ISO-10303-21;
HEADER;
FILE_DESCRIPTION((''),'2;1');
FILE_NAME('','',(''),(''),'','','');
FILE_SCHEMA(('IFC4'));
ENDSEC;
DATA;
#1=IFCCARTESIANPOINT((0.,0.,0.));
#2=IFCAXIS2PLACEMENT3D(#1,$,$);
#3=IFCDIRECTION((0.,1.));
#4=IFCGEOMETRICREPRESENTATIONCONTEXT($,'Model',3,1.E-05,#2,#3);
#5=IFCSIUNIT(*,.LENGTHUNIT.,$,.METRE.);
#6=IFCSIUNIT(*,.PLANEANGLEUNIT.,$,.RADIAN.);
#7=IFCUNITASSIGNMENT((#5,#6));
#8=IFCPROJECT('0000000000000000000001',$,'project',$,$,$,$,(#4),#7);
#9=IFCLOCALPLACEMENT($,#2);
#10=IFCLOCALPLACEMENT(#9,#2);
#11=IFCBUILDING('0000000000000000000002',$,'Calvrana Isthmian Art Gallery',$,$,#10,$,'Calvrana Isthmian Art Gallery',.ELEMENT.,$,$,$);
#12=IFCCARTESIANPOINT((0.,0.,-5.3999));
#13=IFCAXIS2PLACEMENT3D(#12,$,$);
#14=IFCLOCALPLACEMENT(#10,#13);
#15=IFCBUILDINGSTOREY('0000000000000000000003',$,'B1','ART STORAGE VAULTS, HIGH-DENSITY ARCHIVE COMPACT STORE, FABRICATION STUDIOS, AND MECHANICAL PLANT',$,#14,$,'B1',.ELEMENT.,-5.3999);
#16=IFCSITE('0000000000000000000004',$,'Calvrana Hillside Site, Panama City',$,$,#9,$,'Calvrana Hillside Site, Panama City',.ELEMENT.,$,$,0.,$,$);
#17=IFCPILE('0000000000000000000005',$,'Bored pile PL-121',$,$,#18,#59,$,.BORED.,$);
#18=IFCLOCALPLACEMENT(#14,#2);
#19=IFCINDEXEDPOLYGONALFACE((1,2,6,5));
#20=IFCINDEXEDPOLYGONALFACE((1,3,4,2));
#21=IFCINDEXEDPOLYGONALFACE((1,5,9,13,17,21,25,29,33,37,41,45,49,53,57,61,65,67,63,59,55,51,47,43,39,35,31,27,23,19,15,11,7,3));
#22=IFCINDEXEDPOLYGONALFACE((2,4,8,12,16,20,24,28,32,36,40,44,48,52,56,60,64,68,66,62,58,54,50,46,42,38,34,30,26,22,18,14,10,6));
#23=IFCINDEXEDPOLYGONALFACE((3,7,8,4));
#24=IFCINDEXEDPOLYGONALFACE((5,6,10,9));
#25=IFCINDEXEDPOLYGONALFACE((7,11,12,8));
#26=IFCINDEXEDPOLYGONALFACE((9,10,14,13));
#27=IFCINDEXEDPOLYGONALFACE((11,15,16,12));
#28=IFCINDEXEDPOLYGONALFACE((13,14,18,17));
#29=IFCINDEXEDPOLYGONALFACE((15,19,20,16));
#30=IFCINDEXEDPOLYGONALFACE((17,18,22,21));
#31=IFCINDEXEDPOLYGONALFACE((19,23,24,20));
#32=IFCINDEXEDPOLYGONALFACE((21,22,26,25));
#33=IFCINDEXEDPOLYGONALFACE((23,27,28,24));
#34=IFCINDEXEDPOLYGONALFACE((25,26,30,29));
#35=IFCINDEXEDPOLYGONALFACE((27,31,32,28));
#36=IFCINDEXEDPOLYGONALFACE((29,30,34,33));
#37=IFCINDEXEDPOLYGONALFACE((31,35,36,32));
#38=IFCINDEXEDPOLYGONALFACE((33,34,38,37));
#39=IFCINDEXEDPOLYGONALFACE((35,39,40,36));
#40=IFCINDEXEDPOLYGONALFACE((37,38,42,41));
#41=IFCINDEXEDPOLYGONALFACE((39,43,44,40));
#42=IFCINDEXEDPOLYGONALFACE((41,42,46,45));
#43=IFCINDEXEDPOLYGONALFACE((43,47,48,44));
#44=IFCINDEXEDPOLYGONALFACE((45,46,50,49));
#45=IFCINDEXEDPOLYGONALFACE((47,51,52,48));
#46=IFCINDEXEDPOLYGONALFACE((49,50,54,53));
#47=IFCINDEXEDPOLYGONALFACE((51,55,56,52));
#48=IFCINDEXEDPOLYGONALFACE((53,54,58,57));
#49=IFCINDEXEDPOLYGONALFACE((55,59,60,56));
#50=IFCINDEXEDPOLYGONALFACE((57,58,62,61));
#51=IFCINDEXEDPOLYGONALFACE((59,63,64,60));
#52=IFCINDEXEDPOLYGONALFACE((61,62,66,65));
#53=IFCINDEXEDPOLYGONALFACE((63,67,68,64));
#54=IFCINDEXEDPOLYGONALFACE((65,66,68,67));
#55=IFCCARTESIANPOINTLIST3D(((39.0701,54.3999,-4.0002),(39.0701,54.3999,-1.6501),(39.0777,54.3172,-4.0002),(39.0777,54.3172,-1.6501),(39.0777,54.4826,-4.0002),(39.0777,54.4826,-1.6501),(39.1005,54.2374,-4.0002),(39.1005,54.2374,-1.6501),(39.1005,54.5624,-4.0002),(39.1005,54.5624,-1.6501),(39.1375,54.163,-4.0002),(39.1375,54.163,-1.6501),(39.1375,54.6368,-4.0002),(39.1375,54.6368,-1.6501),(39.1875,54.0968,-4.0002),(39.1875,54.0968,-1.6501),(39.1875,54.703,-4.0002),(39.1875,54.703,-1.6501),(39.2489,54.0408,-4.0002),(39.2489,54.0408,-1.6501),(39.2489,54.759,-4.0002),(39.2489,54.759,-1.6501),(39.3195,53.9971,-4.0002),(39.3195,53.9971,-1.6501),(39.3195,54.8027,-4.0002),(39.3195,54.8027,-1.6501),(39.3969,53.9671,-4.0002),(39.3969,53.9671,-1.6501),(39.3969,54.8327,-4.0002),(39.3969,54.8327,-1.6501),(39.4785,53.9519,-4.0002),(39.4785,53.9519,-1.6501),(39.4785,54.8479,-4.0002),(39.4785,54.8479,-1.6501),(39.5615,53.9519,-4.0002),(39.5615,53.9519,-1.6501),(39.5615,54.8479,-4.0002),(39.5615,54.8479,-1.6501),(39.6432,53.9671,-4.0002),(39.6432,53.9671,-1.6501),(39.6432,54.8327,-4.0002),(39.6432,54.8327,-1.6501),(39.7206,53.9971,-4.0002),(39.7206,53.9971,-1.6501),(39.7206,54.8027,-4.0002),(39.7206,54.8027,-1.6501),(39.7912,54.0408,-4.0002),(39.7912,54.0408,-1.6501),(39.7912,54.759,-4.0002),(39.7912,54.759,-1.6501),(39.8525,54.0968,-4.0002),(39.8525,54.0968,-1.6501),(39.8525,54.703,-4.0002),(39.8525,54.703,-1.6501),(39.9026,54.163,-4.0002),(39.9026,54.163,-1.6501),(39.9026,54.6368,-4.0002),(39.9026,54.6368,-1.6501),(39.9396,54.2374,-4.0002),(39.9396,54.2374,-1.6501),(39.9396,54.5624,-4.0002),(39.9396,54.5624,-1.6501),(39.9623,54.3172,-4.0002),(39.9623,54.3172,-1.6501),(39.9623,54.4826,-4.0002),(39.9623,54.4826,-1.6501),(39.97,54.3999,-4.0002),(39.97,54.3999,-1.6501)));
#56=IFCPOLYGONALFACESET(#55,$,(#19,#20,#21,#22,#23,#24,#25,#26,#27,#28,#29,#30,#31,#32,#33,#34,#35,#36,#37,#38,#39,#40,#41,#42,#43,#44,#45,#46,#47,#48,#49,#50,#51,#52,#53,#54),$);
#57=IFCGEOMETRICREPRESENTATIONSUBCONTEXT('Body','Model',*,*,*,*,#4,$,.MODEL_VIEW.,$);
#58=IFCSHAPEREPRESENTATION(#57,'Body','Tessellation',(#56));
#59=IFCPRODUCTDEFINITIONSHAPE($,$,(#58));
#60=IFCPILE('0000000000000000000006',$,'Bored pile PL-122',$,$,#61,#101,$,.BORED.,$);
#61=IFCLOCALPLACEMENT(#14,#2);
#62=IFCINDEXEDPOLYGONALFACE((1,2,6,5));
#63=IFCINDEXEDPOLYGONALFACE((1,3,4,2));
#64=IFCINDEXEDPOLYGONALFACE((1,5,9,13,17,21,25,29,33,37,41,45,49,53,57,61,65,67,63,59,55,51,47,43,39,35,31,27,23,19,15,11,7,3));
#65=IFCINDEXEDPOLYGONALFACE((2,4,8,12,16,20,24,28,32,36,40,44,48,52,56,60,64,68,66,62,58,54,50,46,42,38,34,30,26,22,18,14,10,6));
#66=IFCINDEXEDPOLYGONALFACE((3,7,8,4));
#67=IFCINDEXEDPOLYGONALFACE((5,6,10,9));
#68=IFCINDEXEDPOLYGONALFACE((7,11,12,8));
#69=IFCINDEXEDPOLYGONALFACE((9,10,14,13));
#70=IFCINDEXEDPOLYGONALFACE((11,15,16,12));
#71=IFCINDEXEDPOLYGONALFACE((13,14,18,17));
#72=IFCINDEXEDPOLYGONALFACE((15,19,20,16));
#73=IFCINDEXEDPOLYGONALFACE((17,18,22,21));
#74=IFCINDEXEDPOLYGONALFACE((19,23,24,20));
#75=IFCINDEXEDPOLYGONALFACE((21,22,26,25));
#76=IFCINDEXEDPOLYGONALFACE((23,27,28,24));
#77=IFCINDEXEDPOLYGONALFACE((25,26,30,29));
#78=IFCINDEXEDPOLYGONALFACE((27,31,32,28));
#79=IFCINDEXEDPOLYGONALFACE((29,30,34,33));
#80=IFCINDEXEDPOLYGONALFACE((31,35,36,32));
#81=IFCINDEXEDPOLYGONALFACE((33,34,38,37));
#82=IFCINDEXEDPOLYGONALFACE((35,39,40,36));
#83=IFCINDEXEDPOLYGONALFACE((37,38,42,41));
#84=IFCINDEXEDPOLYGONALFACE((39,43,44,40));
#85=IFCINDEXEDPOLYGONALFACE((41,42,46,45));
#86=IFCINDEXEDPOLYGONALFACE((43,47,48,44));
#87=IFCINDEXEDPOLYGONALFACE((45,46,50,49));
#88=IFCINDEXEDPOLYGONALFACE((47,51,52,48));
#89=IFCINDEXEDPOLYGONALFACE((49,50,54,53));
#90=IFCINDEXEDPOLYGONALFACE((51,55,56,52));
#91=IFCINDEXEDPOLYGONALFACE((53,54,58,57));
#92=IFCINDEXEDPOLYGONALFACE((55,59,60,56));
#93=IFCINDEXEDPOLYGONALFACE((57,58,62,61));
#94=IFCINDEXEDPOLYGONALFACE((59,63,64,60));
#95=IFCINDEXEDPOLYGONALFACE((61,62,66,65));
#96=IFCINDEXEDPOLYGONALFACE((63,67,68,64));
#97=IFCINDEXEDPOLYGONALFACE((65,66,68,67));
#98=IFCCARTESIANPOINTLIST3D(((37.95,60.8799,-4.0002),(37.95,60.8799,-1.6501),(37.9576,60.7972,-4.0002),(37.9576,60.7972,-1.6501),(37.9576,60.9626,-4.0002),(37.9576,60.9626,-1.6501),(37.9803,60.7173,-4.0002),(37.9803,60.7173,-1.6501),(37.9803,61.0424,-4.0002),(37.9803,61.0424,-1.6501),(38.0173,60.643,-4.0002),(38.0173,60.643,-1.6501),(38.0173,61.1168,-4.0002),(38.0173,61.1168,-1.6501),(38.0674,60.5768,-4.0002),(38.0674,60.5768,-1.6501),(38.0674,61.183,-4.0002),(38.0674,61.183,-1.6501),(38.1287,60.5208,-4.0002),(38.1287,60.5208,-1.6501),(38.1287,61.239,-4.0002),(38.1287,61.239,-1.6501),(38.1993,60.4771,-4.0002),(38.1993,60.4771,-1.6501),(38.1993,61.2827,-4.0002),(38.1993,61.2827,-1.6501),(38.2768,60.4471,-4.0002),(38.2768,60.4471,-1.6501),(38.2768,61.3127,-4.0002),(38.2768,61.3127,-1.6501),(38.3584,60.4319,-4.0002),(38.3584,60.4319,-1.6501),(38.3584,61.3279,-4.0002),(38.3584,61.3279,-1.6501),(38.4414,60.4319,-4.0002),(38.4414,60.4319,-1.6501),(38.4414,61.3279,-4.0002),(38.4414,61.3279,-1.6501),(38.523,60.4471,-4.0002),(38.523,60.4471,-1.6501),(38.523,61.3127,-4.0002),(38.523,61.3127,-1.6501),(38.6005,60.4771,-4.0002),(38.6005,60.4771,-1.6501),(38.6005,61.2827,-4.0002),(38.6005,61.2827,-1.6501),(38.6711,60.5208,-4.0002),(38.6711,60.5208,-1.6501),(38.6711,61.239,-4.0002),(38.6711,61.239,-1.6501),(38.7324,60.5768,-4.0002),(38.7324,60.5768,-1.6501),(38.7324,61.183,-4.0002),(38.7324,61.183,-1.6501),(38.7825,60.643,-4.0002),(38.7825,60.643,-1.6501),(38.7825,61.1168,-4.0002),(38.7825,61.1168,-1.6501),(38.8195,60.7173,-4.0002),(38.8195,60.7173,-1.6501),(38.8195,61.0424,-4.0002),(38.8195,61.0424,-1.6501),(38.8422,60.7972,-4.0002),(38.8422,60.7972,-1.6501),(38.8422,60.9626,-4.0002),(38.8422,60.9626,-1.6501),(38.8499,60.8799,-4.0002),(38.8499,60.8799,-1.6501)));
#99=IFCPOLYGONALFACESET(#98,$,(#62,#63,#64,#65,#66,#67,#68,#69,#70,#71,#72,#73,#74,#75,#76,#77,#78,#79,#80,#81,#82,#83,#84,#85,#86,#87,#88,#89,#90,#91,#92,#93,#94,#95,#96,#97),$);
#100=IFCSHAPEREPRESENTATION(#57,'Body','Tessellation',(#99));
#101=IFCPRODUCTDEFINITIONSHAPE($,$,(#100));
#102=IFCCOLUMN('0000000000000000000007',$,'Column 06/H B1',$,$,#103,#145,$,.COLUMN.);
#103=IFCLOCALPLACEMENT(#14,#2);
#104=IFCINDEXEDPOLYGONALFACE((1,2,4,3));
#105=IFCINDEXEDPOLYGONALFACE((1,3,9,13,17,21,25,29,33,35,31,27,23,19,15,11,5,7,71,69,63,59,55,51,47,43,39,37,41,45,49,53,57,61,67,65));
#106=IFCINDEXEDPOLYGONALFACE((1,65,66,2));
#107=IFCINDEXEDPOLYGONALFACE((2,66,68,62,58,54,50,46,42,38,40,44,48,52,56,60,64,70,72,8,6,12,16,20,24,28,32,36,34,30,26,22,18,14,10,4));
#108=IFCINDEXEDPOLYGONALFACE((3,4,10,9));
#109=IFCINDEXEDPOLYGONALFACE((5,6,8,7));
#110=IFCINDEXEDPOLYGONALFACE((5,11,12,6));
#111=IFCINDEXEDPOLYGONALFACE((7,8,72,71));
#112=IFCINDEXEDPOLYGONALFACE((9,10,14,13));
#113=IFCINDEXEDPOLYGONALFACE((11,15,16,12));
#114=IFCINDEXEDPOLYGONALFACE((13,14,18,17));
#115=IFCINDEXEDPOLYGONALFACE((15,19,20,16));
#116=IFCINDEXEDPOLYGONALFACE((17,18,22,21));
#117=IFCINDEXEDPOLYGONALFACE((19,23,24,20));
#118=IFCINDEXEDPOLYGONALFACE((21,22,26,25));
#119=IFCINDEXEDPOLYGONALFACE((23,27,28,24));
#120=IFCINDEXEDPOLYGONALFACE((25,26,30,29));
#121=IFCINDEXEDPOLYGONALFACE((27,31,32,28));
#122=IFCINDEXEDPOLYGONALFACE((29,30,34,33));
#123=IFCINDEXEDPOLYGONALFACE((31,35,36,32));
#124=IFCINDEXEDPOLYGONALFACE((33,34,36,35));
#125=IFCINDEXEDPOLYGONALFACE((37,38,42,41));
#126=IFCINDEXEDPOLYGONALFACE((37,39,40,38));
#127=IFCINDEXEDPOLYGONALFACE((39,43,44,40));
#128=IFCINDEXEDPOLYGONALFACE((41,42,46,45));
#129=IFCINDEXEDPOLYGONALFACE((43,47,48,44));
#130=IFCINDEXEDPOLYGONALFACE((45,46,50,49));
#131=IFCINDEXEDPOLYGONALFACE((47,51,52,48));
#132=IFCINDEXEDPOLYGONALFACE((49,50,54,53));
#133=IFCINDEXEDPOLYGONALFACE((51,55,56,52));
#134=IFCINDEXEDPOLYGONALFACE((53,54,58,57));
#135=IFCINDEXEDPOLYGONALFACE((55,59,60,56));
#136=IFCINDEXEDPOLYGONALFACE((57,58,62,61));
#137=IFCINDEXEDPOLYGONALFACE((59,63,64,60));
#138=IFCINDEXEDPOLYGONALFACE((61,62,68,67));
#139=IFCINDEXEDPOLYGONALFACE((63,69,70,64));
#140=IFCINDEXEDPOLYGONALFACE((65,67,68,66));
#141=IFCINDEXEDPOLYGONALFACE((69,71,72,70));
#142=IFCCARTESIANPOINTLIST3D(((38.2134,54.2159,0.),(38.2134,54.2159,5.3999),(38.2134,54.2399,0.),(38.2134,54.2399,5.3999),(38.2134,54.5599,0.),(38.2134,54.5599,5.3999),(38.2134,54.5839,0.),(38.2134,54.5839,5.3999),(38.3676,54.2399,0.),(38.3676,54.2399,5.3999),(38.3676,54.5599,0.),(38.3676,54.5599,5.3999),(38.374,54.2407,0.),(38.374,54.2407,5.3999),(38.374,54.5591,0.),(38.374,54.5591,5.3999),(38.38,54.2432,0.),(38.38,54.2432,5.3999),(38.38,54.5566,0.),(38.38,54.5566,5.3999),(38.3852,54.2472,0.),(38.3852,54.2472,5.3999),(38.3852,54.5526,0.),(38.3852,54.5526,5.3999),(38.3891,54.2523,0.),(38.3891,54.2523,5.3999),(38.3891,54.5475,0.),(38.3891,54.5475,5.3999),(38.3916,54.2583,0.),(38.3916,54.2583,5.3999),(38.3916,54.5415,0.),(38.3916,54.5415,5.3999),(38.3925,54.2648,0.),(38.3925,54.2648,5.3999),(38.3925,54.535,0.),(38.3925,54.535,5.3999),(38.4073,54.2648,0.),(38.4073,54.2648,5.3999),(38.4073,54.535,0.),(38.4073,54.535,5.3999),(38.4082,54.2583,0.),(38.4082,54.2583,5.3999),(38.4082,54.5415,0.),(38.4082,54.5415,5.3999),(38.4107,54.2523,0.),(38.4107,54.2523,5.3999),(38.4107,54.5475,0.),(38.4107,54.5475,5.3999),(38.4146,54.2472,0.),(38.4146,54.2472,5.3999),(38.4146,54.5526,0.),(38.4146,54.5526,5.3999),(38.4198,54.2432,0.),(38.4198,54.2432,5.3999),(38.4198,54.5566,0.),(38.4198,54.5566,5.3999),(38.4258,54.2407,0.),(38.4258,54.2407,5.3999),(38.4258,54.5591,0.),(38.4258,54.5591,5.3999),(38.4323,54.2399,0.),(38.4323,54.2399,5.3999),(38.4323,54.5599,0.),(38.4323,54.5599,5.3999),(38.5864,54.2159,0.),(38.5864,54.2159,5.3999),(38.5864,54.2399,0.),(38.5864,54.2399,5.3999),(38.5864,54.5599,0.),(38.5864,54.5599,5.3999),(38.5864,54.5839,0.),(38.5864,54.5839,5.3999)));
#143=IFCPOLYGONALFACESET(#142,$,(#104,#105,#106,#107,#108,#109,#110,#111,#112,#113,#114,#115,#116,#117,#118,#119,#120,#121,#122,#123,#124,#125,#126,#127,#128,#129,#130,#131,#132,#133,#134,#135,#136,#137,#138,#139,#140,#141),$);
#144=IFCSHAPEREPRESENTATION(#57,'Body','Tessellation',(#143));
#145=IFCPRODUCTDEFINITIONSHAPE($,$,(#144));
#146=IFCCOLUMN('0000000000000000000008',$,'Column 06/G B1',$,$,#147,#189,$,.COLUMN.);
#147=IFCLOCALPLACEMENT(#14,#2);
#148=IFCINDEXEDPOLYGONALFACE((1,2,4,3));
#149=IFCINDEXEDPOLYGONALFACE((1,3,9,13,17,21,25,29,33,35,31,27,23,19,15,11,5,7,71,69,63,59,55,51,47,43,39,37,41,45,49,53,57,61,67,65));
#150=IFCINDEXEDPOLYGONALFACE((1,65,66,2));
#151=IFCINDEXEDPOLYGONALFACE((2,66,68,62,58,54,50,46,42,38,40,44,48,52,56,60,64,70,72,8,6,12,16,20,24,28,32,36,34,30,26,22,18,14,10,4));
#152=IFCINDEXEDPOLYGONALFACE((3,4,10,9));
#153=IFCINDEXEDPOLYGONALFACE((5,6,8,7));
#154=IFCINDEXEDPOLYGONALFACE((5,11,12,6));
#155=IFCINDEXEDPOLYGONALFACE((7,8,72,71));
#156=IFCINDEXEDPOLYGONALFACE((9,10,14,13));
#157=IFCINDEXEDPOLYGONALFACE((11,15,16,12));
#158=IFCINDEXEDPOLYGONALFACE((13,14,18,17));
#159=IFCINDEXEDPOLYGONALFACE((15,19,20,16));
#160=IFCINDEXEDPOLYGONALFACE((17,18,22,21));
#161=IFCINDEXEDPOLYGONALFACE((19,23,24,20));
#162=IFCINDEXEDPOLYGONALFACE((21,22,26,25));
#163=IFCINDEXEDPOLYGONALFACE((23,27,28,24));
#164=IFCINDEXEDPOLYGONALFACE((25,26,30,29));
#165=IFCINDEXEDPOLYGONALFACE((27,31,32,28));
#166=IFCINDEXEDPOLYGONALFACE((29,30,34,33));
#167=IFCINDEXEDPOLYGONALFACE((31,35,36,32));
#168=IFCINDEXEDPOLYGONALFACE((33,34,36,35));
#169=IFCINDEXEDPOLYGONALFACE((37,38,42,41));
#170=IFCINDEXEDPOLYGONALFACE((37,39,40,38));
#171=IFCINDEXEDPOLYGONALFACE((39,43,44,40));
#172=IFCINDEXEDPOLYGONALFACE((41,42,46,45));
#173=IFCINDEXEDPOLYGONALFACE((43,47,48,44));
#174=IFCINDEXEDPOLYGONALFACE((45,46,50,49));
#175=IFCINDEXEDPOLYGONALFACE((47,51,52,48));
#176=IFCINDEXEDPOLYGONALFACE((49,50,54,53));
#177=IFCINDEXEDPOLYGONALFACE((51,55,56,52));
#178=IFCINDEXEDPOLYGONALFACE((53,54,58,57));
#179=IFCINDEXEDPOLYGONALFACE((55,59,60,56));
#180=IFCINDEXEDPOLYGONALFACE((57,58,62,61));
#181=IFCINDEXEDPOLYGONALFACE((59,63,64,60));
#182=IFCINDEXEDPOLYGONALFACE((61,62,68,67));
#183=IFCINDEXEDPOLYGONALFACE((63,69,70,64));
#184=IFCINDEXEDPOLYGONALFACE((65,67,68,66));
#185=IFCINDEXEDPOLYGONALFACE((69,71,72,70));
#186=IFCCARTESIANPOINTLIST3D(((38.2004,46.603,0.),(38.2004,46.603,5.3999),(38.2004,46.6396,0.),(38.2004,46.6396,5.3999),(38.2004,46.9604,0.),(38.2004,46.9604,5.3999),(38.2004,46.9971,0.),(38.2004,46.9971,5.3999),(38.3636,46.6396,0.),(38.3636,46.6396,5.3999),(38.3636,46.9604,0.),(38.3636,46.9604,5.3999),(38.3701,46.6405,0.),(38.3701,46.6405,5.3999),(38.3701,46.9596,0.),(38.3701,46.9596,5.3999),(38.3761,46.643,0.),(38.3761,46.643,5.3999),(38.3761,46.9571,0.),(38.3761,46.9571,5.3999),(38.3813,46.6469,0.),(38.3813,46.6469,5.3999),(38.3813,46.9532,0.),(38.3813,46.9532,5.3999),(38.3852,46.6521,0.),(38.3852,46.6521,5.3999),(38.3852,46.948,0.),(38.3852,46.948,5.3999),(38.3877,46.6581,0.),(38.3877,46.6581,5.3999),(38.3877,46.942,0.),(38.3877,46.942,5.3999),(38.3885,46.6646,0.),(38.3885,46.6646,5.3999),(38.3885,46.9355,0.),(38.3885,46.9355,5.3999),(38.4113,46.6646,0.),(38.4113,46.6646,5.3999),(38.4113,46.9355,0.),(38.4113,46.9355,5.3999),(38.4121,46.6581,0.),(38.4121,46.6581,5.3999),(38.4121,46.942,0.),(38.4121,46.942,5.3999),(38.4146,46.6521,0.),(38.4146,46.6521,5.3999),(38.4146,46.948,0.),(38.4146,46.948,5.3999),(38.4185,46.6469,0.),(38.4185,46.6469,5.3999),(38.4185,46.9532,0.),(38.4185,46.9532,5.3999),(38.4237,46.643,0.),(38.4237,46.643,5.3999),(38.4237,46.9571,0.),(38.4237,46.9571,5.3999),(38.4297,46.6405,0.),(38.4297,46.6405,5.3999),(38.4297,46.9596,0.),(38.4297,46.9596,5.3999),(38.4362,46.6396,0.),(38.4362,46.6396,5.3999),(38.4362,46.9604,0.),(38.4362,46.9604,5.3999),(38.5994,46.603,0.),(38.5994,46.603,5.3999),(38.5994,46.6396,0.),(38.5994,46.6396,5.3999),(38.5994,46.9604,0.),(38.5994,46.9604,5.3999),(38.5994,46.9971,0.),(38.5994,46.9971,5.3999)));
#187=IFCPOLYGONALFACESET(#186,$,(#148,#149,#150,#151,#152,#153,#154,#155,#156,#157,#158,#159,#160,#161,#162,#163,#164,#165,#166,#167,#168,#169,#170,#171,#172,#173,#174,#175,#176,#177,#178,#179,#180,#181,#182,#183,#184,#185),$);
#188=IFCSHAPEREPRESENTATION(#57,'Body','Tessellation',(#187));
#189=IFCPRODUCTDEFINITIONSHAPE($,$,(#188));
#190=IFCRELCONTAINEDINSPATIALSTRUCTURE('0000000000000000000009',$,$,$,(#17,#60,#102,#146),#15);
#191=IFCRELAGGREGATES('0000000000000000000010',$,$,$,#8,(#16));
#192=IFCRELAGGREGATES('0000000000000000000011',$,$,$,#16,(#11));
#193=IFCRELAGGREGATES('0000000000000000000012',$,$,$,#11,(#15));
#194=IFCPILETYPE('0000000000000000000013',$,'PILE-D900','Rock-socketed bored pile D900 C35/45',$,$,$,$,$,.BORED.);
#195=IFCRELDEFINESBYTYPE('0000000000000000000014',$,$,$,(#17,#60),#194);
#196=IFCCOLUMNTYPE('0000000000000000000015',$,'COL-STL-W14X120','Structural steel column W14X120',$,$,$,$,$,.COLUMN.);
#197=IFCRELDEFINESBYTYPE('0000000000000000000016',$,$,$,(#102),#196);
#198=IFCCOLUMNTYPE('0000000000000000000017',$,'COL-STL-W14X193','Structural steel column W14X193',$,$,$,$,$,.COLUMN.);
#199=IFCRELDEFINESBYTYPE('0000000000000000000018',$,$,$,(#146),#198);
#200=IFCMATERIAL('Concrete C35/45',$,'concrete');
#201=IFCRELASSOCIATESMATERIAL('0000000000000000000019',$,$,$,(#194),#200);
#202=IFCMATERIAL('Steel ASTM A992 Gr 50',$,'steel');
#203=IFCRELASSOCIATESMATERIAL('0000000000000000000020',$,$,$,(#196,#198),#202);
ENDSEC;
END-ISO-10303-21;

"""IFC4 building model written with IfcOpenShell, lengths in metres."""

from ifc_helpers import new_model, si_unit, direction, frame, origin, origin_2d, place, context, subcontext, project, spatial, circle, i_section, extrude, material, material_profile, profile_set, type_object, element, save


model = new_model("IFC4")

# Units and contexts
model_context = context("Model", 3, precision=1e-05, world=origin(), true_north=direction((0.0, 1.0)))
body_context = subcontext(model_context, "Body", "Model", "MODEL_VIEW")
ifc_project = project(units=[si_unit("LENGTHUNIT", "METRE"), si_unit("PLANEANGLEUNIT", "RADIAN")], contexts=[model_context])

# Site, building, storey
site_placement = place(None, origin())
site = spatial("IfcSite", under=ifc_project, at=site_placement, Name="Calvrana Hillside Site, Panama City", LongName="Calvrana Hillside Site, Panama City", CompositionType="ELEMENT", RefElevation=0.0)
building_placement = place(site_placement, origin())
building = spatial("IfcBuilding", under=site, at=building_placement, Name="Calvrana Isthmian Art Gallery", LongName="Calvrana Isthmian Art Gallery", CompositionType="ELEMENT")
storey_placement = place(building_placement, frame((0.0, 0.0, -5.3999)))
storey = spatial("IfcBuildingStorey", under=building, at=storey_placement, Name="B1", Description="ART STORAGE VAULTS, HIGH-DENSITY ARCHIVE COMPACT STORE, FABRICATION STUDIOS, AND MECHANICAL PLANT", LongName="B1", CompositionType="ELEMENT", Elevation=-5.3999)

# Shared definitions
ifc_material_1 = material(Name="Concrete C35/45", Category="concrete")

# Piles
ifc_material_profile_1 = material_profile(ifc_material_1, circle(Radius=0.45, at=origin_2d()), Name="PILE900D")
ifc_profile_set_1 = profile_set([ifc_material_profile_1], Name="Concrete C35/45")
pile_type = type_object("IfcPileType", Name="PILE-D900", Description="Rock-socketed bored pile D900 C35/45", PredefinedType="BORED", material=ifc_profile_set_1)
for number, where, z_axis, x_axis, name in (
    (1, (39.52, 54.3999, -1.6501), (0.0, 0.0, -1.0), (1.0, 0.0, 0.0), "Bored pile PL-121"),
    (2, (38.3999, 60.8799, -1.6501), (0.0, 0.0, -1.0), (1.0, 0.0, 0.0), "Bored pile PL-122"),
):
    element("IfcPile", number, at=place(storey_placement, frame(where, z_axis=z_axis, x_axis=x_axis)), inside=storey, type_object=pile_type, Name=name, PredefinedType="BORED", context=body_context, shape_type="SweptSolid", body=[
        extrude(circle(Radius=0.45, at=origin_2d()), origin(), (0.0, 0.0, 1.0), 2.3501),
    ])

# Columns
ifc_material_2 = material(Name="Steel ASTM A992 Gr 50", Category="steel")
ifc_material_profile_2 = material_profile(ifc_material_2, i_section(OverallWidth=0.373, OverallDepth=0.3679, WebThickness=0.0149, FlangeThickness=0.0239, FilletRadius=0.0249, at=origin_2d()), Name="W14X120")
ifc_profile_set_2 = profile_set([ifc_material_profile_2], Name="Steel ASTM A992 Gr 50")
column_type_1 = type_object("IfcColumnType", Name="COL-STL-W14X120", Description="Structural steel column W14X120", PredefinedType="COLUMN", material=ifc_profile_set_2)
column_1_placement = place(storey_placement, frame((38.3999, 54.3999, 0.0), z_axis=(0.0, 0.0, 1.0), x_axis=(1.0, 0.0, 0.0)))
element("IfcColumn", 3, at=column_1_placement, inside=storey, type_object=column_type_1, Name="Column 06/H B1", PredefinedType="COLUMN", context=body_context, shape_type="SweptSolid", body=[
    extrude(i_section(OverallWidth=0.373, OverallDepth=0.3679, WebThickness=0.0149, FlangeThickness=0.0239, FilletRadius=0.0249, at=origin_2d()), origin(), (0.0, 0.0, 1.0), 5.3999),
])
ifc_material_profile_3 = material_profile(ifc_material_2, i_section(OverallWidth=0.3989, OverallDepth=0.394, WebThickness=0.0227, FlangeThickness=0.0366, FilletRadius=0.0249, at=origin_2d()), Name="W14X193")
ifc_profile_set_3 = profile_set([ifc_material_profile_3], Name="Steel ASTM A992 Gr 50")
column_type_2 = type_object("IfcColumnType", Name="COL-STL-W14X193", Description="Structural steel column W14X193", PredefinedType="COLUMN", material=ifc_profile_set_3)
column_2_placement = place(storey_placement, frame((38.3999, 46.8, 0.0), z_axis=(0.0, 0.0, 1.0), x_axis=(1.0, 0.0, 0.0)))
element("IfcColumn", 4, at=column_2_placement, inside=storey, type_object=column_type_2, Name="Column 06/G B1", PredefinedType="COLUMN", context=body_context, shape_type="SweptSolid", body=[
    extrude(i_section(OverallWidth=0.3989, OverallDepth=0.394, WebThickness=0.0227, FlangeThickness=0.0366, FilletRadius=0.0249, at=origin_2d()), origin(), (0.0, 0.0, 1.0), 5.3999),
])

save(model, "model.ifc")
